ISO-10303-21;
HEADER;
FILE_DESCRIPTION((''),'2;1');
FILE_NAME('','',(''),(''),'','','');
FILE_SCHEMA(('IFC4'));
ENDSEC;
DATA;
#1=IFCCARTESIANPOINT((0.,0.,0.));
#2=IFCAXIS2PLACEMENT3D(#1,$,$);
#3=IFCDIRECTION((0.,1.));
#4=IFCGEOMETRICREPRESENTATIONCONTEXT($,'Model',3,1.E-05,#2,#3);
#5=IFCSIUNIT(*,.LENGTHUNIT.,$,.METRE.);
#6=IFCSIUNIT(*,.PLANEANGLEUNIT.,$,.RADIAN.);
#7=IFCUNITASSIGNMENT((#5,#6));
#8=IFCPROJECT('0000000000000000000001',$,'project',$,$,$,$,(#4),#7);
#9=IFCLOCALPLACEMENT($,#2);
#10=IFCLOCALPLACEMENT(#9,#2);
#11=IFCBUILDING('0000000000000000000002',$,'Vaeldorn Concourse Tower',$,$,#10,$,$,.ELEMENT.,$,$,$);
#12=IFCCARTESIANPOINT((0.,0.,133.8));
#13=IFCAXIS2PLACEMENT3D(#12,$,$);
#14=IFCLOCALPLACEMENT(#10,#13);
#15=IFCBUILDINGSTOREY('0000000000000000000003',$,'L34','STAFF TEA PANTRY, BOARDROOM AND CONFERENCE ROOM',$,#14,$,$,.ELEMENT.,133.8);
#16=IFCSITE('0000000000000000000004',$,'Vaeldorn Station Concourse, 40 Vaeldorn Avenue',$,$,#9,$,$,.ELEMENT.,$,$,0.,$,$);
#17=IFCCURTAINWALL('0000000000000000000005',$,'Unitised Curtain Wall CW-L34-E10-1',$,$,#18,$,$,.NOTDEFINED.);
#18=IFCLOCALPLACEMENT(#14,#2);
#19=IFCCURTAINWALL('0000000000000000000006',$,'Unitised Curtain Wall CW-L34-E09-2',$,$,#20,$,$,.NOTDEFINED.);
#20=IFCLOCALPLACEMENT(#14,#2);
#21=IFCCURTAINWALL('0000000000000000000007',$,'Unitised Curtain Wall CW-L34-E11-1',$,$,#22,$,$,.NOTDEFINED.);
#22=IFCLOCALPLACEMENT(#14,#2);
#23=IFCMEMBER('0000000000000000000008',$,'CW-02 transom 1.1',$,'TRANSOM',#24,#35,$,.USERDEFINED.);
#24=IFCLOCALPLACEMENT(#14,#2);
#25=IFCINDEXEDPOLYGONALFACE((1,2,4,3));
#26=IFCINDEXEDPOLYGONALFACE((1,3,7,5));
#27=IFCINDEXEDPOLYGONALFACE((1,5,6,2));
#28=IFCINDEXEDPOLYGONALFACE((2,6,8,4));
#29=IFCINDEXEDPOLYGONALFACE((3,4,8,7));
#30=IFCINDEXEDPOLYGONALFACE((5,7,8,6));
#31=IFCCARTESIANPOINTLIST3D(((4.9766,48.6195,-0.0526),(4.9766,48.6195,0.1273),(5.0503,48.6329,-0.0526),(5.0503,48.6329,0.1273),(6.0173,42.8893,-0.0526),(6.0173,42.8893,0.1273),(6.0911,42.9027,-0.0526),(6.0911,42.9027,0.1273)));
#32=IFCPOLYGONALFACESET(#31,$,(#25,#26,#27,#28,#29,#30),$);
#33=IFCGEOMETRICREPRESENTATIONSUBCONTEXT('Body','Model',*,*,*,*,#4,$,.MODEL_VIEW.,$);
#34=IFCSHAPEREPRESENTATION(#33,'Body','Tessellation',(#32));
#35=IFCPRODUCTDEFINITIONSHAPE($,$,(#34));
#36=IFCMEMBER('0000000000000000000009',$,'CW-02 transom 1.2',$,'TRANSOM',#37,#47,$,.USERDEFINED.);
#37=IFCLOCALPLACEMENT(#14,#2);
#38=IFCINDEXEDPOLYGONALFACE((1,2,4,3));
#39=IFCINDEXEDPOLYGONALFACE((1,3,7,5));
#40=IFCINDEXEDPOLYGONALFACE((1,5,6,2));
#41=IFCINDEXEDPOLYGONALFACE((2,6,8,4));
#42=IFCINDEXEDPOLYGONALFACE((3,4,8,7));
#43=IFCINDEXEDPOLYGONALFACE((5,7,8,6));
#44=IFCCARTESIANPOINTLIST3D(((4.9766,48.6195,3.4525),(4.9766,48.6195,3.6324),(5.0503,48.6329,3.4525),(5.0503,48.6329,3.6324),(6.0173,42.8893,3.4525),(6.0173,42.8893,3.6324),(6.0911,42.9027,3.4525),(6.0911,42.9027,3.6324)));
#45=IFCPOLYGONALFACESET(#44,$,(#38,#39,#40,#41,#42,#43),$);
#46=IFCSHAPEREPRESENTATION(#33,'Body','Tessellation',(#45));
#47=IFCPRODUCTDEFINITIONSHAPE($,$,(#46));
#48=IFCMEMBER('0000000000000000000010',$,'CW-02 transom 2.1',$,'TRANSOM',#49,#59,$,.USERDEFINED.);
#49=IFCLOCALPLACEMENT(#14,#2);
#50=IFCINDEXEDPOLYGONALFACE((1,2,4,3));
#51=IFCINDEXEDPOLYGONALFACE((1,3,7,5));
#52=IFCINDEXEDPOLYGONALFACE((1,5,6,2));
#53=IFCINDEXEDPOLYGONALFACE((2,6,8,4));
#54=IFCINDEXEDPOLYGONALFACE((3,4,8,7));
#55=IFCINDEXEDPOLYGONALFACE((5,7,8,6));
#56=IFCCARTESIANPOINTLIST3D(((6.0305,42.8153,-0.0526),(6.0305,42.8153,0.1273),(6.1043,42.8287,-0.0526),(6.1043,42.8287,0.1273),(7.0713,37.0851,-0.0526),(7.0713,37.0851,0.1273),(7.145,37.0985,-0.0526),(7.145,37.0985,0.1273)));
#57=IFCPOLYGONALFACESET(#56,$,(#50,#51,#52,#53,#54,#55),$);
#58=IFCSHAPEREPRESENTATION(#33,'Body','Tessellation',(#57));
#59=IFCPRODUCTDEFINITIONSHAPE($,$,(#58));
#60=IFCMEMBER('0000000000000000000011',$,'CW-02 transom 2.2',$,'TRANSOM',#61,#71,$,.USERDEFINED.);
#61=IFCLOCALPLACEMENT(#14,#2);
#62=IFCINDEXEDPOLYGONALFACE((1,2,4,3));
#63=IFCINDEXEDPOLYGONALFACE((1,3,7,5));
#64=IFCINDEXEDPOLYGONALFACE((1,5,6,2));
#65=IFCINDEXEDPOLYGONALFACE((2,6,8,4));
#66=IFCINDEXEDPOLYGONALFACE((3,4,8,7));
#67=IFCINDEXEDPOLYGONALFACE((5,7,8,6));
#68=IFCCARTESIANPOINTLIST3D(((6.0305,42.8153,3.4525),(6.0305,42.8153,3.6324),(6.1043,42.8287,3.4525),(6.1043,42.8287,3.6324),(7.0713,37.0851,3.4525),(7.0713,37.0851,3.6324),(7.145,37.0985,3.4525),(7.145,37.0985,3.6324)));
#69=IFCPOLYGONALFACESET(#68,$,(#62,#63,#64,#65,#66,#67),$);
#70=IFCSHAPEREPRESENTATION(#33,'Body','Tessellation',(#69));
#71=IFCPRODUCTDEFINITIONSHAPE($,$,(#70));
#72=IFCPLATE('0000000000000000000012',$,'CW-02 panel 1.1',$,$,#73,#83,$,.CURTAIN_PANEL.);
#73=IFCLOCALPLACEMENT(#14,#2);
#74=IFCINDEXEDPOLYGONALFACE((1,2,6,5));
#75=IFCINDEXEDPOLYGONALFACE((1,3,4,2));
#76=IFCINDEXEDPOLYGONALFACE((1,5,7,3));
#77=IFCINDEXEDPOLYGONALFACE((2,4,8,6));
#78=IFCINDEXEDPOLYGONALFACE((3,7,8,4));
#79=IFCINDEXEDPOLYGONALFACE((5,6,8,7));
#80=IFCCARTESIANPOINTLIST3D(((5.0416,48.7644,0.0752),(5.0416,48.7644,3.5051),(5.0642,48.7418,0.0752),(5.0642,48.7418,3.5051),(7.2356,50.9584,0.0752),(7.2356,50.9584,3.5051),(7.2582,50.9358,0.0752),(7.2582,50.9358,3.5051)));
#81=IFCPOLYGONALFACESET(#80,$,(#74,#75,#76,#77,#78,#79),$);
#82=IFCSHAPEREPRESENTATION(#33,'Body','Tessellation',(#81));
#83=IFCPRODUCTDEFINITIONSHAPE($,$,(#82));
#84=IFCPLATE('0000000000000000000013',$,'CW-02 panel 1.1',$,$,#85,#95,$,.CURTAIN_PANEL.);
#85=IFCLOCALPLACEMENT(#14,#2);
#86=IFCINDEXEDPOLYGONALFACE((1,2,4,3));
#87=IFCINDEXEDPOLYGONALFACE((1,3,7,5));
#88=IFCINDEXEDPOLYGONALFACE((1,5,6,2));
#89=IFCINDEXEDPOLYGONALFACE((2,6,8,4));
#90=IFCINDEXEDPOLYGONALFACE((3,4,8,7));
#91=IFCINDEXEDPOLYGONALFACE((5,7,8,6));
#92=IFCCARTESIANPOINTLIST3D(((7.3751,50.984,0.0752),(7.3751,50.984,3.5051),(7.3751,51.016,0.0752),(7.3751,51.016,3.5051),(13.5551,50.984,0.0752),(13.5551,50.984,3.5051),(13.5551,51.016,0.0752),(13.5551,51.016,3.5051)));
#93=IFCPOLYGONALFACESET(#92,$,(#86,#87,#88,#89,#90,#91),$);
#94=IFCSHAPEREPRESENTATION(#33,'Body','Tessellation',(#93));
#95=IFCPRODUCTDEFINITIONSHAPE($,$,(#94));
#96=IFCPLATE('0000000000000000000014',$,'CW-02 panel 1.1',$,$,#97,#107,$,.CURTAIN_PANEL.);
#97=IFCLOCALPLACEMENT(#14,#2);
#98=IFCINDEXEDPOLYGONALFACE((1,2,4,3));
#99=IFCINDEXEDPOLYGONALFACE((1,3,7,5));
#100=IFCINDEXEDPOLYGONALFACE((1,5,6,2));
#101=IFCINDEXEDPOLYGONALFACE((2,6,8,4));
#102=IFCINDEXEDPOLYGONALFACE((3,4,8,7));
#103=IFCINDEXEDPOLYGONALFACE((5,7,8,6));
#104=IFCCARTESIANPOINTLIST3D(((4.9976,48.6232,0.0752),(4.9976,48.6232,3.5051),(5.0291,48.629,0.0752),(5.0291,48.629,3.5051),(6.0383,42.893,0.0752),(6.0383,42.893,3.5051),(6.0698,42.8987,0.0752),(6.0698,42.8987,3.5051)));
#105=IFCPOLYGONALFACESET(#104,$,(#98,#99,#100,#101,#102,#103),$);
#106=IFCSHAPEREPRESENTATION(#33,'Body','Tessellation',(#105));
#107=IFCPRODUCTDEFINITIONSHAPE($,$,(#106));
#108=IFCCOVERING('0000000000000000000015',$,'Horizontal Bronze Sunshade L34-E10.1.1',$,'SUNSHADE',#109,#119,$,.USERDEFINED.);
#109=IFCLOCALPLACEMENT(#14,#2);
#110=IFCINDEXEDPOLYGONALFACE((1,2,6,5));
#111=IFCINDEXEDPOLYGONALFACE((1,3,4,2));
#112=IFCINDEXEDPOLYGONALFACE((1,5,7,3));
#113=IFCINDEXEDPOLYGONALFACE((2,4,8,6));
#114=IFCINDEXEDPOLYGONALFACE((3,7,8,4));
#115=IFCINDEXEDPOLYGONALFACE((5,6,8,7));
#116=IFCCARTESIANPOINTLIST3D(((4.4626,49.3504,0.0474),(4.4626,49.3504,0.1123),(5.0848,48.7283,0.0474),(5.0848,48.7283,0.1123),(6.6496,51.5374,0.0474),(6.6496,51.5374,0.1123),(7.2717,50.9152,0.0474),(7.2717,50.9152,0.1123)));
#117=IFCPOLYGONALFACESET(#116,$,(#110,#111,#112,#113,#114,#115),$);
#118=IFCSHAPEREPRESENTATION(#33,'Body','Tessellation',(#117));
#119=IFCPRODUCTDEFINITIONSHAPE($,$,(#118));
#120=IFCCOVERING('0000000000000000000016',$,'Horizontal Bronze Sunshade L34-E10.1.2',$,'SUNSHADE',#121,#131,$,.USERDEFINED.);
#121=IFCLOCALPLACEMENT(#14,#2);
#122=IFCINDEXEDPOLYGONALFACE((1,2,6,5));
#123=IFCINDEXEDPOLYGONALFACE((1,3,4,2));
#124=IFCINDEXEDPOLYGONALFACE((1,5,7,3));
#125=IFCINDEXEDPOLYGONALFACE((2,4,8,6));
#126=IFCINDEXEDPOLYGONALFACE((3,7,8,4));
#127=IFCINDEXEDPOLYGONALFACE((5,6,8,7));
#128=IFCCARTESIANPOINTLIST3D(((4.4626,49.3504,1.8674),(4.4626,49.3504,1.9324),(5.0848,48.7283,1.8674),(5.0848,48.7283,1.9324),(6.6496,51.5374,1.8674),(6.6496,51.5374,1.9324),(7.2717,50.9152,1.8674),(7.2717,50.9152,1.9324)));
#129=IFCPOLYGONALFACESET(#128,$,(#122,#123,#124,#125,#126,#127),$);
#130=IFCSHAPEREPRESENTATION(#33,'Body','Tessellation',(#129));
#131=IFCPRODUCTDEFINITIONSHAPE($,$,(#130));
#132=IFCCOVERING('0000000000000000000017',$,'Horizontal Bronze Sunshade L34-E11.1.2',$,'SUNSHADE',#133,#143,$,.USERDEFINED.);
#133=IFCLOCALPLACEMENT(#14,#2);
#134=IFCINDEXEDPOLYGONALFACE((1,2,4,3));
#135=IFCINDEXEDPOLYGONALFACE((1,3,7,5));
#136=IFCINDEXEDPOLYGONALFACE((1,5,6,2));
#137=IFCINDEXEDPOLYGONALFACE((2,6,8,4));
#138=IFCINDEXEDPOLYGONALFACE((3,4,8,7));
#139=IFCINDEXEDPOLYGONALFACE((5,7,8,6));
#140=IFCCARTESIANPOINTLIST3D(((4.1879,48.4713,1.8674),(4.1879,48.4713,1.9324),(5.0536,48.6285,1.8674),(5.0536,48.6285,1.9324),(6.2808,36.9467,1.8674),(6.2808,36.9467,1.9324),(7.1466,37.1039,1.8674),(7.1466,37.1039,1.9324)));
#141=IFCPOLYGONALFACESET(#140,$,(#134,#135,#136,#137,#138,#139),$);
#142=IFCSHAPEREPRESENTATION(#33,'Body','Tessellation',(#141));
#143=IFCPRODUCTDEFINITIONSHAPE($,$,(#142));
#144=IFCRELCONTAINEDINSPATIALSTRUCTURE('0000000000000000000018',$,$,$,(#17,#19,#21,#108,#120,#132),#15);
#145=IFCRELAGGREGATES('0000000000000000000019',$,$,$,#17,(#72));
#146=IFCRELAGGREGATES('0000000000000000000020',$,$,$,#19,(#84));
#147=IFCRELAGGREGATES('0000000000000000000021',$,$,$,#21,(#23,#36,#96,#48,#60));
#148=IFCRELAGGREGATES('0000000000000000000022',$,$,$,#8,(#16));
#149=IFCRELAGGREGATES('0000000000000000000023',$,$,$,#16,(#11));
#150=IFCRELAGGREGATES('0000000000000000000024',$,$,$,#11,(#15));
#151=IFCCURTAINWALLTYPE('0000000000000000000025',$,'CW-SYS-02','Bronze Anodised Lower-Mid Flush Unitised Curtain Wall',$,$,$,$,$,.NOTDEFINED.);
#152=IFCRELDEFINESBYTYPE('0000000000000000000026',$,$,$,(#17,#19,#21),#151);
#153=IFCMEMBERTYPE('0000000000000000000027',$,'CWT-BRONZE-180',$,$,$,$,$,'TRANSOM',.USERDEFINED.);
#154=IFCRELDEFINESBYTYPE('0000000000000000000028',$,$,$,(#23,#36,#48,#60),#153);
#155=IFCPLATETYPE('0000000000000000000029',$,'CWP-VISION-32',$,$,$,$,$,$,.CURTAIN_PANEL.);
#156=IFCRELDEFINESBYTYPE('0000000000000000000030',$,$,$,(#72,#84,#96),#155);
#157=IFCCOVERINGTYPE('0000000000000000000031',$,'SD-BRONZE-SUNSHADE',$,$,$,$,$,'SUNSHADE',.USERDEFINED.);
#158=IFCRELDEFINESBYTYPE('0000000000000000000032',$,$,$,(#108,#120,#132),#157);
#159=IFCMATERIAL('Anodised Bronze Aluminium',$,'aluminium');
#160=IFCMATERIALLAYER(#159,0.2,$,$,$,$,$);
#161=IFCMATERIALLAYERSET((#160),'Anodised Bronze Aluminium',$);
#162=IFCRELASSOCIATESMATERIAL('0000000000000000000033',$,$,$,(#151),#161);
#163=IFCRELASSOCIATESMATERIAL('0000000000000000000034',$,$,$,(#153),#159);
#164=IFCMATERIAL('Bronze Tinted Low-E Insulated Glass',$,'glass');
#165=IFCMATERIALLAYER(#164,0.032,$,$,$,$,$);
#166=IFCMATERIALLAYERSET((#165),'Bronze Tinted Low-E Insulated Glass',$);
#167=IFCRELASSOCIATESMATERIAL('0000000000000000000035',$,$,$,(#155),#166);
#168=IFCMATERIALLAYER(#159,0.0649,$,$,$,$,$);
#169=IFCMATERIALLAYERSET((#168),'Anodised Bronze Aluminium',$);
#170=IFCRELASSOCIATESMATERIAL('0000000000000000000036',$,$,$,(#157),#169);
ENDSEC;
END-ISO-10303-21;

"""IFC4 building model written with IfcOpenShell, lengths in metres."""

from ifc_helpers import new_model, si_unit, direction, frame, origin, origin_2d, place, context, subcontext, project, spatial, rectangle, extrude, source, transform, mapped, material, layer, layer_set, material_profile, profile_set, type_object, element, aggregate, save


model = new_model("IFC4")

# Units and contexts
model_context = context("Model", 3, precision=1e-05, world=origin(), true_north=direction((0.0, 1.0)))
body_context = subcontext(model_context, "Body", "Model", "MODEL_VIEW")
ifc_project = project(units=[si_unit("LENGTHUNIT", "METRE"), si_unit("PLANEANGLEUNIT", "RADIAN")], contexts=[model_context])

# Site, building, storey
site_placement = place(None, origin())
site = spatial("IfcSite", under=ifc_project, at=site_placement, Name="Vaeldorn Station Concourse, 40 Vaeldorn Avenue", CompositionType="ELEMENT", RefElevation=0.0)
building_placement = place(site_placement, origin())
building = spatial("IfcBuilding", under=site, at=building_placement, Name="Vaeldorn Concourse Tower", CompositionType="ELEMENT")
storey_placement = place(building_placement, frame((0.0, 0.0, 133.8)))
storey = spatial("IfcBuildingStorey", under=building, at=storey_placement, Name="L34", Description="STAFF TEA PANTRY, BOARDROOM AND CONFERENCE ROOM", CompositionType="ELEMENT", Elevation=133.8)

# Curtain walls
ifc_material_1 = material(Name="Anodised Bronze Aluminium", Category="aluminium")
ifc_layer_1 = layer(ifc_material_1, 0.2)
ifc_layer_set_1 = layer_set([ifc_layer_1], Name="Anodised Bronze Aluminium")
curtain_wall_type = type_object("IfcCurtainWallType", Name="CW-SYS-02", Description="Bronze Anodised Lower-Mid Flush Unitised Curtain Wall", PredefinedType="NOTDEFINED", material=ifc_layer_set_1)
curtain_wall_1_placement = place(storey_placement, origin())
curtain_wall_1 = element("IfcCurtainWall", 1, at=curtain_wall_1_placement, inside=storey, type_object=curtain_wall_type, Name="Unitised Curtain Wall CW-L34-E10-1", PredefinedType="NOTDEFINED")
ifc_material_profile_1 = material_profile(ifc_material_1, rectangle(XDim=0.075, YDim=0.1799, at=origin_2d()), Name="CWT 75x180")
ifc_profile_set_1 = profile_set([ifc_material_profile_1], Name="Anodised Bronze Aluminium")
member_type_1 = type_object("IfcMemberType", Name="CWT-BRONZE-180", ElementType="TRANSOM", PredefinedType="USERDEFINED", material=ifc_profile_set_1)
curtain_wall_2_placement = place(storey_placement, origin())
curtain_wall_2 = element("IfcCurtainWall", 2, at=curtain_wall_2_placement, inside=storey, type_object=curtain_wall_type, Name="Unitised Curtain Wall CW-L34-E09-2", PredefinedType="NOTDEFINED")

# Curtain wall, members
curtain_wall_3_placement = place(storey_placement, origin())
curtain_wall_3 = element("IfcCurtainWall", 3, at=curtain_wall_3_placement, inside=storey, type_object=curtain_wall_type, Name="Unitised Curtain Wall CW-L34-E11-1", PredefinedType="NOTDEFINED")
shared_shape_1 = source(origin(), body_context, "Body", "SweptSolid", [
    extrude(rectangle(XDim=0.075, YDim=0.1799, at=origin_2d()), origin(), (0.0, 0.0, 1.0), 5.824),
])
member_1_placement = place(storey_placement, frame((5.0134, 48.6262, 0.0374), z_axis=(0.178705, -0.983903, 0.0), x_axis=(0.983903, 0.178705, 0.0)))
member_1 = element("IfcMember", 4, at=member_1_placement, type_object=member_type_1, Name="CW-02 transom 1.1", ObjectType="TRANSOM", PredefinedType="USERDEFINED", context=body_context, shape_type="MappedRepresentation", body=[
    mapped(shared_shape_1, transform((0.0, 0.0, 0.0), scale=1.0)),
])
member_2_placement = place(storey_placement, frame((5.0134, 48.6262, 3.5425), z_axis=(0.178705, -0.983903, 0.0), x_axis=(0.983903, 0.178705, 0.0)))
member_2 = element("IfcMember", 5, at=member_2_placement, type_object=member_type_1, Name="CW-02 transom 1.2", ObjectType="TRANSOM", PredefinedType="USERDEFINED", context=body_context, shape_type="MappedRepresentation", body=[
    mapped(shared_shape_1, transform((0.0, 0.0, 0.0), scale=1.0)),
])
member_3_placement = place(storey_placement, frame((6.0674, 42.822, 0.0374), z_axis=(0.178705, -0.983903, 0.0), x_axis=(0.983903, 0.178705, 0.0)))
member_3 = element("IfcMember", 6, at=member_3_placement, type_object=member_type_1, Name="CW-02 transom 2.1", ObjectType="TRANSOM", PredefinedType="USERDEFINED", context=body_context, shape_type="MappedRepresentation", body=[
    mapped(shared_shape_1, transform((0.0, 0.0, 0.0), scale=1.0)),
])
member_4_placement = place(storey_placement, frame((6.0674, 42.822, 3.5425), z_axis=(0.178705, -0.983903, 0.0), x_axis=(0.983903, 0.178705, 0.0)))
member_4 = element("IfcMember", 7, at=member_4_placement, type_object=member_type_1, Name="CW-02 transom 2.2", ObjectType="TRANSOM", PredefinedType="USERDEFINED", context=body_context, shape_type="MappedRepresentation", body=[
    mapped(shared_shape_1, transform((0.0, 0.0, 0.0), scale=1.0)),
])

# Plates
ifc_material_2 = material(Name="Bronze Tinted Low-E Insulated Glass", Category="glass")
ifc_layer_2 = layer(ifc_material_2, 0.032)
ifc_layer_set_2 = layer_set([ifc_layer_2], Name="Bronze Tinted Low-E Insulated Glass")
plate_type = type_object("IfcPlateType", Name="CWP-VISION-32", PredefinedType="CURTAIN_PANEL", material=ifc_layer_set_2)
shared_shape_2 = source(origin(), body_context, "Body", "SweptSolid", [
    extrude(rectangle(XDim=3.1028, YDim=0.032, at=origin_2d()), origin(), (0.0, 0.0, 1.0), 3.4299),
])
plate_1_placement = place(storey_placement, frame((6.1499, 49.8501, 0.0752), z_axis=(0.0, 0.0, 1.0), x_axis=(-0.707107, -0.707107, 0.0)))
plate_1 = element("IfcPlate", 8, at=plate_1_placement, type_object=plate_type, Name="CW-02 panel 1.1", PredefinedType="CURTAIN_PANEL", context=body_context, shape_type="MappedRepresentation", body=[
    mapped(shared_shape_2, transform((0.0, 0.0, 0.0), scale=1.0)),
])
aggregate(curtain_wall_1, [plate_1])
shared_shape_3 = source(origin(), body_context, "Body", "SweptSolid", [
    extrude(rectangle(XDim=6.1799, YDim=0.032, at=origin_2d()), origin(), (0.0, 0.0, 1.0), 3.4299),
])
plate_2_placement = place(storey_placement, frame((10.4651, 51.0, 0.0752), z_axis=(0.0, 0.0, 1.0), x_axis=(-1.0, 0.0, 0.0)))
plate_2 = element("IfcPlate", 9, at=plate_2_placement, type_object=plate_type, Name="CW-02 panel 1.1", PredefinedType="CURTAIN_PANEL", context=body_context, shape_type="MappedRepresentation", body=[
    mapped(shared_shape_3, transform((0.0, 0.0, 0.0), scale=1.0)),
])
aggregate(curtain_wall_2, [plate_2])
shared_shape_4 = source(origin(), body_context, "Body", "SweptSolid", [
    extrude(rectangle(XDim=5.824, YDim=0.032, at=origin_2d()), origin(), (0.0, 0.0, 1.0), 3.4299),
])
plate_3_placement = place(storey_placement, frame((5.5337, 45.761, 0.0752), z_axis=(0.0, 0.0, 1.0), x_axis=(0.17869, -0.983905, 0.0)))
plate_3 = element("IfcPlate", 10, at=plate_3_placement, type_object=plate_type, Name="CW-02 panel 1.1", PredefinedType="CURTAIN_PANEL", context=body_context, shape_type="MappedRepresentation", body=[
    mapped(shared_shape_4, transform((0.0, 0.0, 0.0), scale=1.0)),
])
aggregate(curtain_wall_3, [member_1, member_2, plate_3, member_3, member_4])

# Coverings
ifc_layer_3 = layer(ifc_material_1, 0.0649)
ifc_layer_set_3 = layer_set([ifc_layer_3], Name="Anodised Bronze Aluminium")
covering_type = type_object("IfcCoveringType", Name="SD-BRONZE-SUNSHADE", ElementType="SUNSHADE", PredefinedType="USERDEFINED", material=ifc_layer_set_3)
shared_shape_5 = source(origin(), body_context, "Body", "SweptSolid", [
    extrude(rectangle(XDim=3.0928, YDim=0.8799, at=origin_2d()), origin(), (0.0, 0.0, 1.0), 0.0649),
])
for number, where, z_axis, x_axis, name in (
    (11, (5.8672, 50.1328, 0.0474), (0.0, 0.0, 1.0), (-0.707107, -0.707107, 0.0), "Horizontal Bronze Sunshade L34-E10.1.1"),
    (12, (5.8672, 50.1328, 1.8674), (0.0, 0.0, 1.0), (-0.707107, -0.707107, 0.0), "Horizontal Bronze Sunshade L34-E10.1.2"),
):
    element("IfcCovering", number, at=place(storey_placement, frame(where, z_axis=z_axis, x_axis=x_axis)), inside=storey, type_object=covering_type, Name=name, ObjectType="SUNSHADE", PredefinedType="USERDEFINED", context=body_context, shape_type="MappedRepresentation", body=[
        mapped(shared_shape_5, transform((0.0, 0.0, 0.0), scale=1.0)),
    ])
shared_shape_6 = source(origin(), body_context, "Body", "SweptSolid", [
    extrude(rectangle(XDim=11.7131, YDim=0.8799, at=origin_2d()), origin(), (0.0, 0.0, 1.0), 0.0649),
])
covering_placement = place(storey_placement, frame((5.6672, 42.7876, 1.8674), z_axis=(0.0, 0.0, 1.0), x_axis=(0.178682, -0.983907, 0.0)))
element("IfcCovering", 13, at=covering_placement, inside=storey, type_object=covering_type, Name="Horizontal Bronze Sunshade L34-E11.1.2", ObjectType="SUNSHADE", PredefinedType="USERDEFINED", context=body_context, shape_type="MappedRepresentation", body=[
    mapped(shared_shape_6, transform((0.0, 0.0, 0.0), scale=1.0)),
])

save(model, "model.ifc")
